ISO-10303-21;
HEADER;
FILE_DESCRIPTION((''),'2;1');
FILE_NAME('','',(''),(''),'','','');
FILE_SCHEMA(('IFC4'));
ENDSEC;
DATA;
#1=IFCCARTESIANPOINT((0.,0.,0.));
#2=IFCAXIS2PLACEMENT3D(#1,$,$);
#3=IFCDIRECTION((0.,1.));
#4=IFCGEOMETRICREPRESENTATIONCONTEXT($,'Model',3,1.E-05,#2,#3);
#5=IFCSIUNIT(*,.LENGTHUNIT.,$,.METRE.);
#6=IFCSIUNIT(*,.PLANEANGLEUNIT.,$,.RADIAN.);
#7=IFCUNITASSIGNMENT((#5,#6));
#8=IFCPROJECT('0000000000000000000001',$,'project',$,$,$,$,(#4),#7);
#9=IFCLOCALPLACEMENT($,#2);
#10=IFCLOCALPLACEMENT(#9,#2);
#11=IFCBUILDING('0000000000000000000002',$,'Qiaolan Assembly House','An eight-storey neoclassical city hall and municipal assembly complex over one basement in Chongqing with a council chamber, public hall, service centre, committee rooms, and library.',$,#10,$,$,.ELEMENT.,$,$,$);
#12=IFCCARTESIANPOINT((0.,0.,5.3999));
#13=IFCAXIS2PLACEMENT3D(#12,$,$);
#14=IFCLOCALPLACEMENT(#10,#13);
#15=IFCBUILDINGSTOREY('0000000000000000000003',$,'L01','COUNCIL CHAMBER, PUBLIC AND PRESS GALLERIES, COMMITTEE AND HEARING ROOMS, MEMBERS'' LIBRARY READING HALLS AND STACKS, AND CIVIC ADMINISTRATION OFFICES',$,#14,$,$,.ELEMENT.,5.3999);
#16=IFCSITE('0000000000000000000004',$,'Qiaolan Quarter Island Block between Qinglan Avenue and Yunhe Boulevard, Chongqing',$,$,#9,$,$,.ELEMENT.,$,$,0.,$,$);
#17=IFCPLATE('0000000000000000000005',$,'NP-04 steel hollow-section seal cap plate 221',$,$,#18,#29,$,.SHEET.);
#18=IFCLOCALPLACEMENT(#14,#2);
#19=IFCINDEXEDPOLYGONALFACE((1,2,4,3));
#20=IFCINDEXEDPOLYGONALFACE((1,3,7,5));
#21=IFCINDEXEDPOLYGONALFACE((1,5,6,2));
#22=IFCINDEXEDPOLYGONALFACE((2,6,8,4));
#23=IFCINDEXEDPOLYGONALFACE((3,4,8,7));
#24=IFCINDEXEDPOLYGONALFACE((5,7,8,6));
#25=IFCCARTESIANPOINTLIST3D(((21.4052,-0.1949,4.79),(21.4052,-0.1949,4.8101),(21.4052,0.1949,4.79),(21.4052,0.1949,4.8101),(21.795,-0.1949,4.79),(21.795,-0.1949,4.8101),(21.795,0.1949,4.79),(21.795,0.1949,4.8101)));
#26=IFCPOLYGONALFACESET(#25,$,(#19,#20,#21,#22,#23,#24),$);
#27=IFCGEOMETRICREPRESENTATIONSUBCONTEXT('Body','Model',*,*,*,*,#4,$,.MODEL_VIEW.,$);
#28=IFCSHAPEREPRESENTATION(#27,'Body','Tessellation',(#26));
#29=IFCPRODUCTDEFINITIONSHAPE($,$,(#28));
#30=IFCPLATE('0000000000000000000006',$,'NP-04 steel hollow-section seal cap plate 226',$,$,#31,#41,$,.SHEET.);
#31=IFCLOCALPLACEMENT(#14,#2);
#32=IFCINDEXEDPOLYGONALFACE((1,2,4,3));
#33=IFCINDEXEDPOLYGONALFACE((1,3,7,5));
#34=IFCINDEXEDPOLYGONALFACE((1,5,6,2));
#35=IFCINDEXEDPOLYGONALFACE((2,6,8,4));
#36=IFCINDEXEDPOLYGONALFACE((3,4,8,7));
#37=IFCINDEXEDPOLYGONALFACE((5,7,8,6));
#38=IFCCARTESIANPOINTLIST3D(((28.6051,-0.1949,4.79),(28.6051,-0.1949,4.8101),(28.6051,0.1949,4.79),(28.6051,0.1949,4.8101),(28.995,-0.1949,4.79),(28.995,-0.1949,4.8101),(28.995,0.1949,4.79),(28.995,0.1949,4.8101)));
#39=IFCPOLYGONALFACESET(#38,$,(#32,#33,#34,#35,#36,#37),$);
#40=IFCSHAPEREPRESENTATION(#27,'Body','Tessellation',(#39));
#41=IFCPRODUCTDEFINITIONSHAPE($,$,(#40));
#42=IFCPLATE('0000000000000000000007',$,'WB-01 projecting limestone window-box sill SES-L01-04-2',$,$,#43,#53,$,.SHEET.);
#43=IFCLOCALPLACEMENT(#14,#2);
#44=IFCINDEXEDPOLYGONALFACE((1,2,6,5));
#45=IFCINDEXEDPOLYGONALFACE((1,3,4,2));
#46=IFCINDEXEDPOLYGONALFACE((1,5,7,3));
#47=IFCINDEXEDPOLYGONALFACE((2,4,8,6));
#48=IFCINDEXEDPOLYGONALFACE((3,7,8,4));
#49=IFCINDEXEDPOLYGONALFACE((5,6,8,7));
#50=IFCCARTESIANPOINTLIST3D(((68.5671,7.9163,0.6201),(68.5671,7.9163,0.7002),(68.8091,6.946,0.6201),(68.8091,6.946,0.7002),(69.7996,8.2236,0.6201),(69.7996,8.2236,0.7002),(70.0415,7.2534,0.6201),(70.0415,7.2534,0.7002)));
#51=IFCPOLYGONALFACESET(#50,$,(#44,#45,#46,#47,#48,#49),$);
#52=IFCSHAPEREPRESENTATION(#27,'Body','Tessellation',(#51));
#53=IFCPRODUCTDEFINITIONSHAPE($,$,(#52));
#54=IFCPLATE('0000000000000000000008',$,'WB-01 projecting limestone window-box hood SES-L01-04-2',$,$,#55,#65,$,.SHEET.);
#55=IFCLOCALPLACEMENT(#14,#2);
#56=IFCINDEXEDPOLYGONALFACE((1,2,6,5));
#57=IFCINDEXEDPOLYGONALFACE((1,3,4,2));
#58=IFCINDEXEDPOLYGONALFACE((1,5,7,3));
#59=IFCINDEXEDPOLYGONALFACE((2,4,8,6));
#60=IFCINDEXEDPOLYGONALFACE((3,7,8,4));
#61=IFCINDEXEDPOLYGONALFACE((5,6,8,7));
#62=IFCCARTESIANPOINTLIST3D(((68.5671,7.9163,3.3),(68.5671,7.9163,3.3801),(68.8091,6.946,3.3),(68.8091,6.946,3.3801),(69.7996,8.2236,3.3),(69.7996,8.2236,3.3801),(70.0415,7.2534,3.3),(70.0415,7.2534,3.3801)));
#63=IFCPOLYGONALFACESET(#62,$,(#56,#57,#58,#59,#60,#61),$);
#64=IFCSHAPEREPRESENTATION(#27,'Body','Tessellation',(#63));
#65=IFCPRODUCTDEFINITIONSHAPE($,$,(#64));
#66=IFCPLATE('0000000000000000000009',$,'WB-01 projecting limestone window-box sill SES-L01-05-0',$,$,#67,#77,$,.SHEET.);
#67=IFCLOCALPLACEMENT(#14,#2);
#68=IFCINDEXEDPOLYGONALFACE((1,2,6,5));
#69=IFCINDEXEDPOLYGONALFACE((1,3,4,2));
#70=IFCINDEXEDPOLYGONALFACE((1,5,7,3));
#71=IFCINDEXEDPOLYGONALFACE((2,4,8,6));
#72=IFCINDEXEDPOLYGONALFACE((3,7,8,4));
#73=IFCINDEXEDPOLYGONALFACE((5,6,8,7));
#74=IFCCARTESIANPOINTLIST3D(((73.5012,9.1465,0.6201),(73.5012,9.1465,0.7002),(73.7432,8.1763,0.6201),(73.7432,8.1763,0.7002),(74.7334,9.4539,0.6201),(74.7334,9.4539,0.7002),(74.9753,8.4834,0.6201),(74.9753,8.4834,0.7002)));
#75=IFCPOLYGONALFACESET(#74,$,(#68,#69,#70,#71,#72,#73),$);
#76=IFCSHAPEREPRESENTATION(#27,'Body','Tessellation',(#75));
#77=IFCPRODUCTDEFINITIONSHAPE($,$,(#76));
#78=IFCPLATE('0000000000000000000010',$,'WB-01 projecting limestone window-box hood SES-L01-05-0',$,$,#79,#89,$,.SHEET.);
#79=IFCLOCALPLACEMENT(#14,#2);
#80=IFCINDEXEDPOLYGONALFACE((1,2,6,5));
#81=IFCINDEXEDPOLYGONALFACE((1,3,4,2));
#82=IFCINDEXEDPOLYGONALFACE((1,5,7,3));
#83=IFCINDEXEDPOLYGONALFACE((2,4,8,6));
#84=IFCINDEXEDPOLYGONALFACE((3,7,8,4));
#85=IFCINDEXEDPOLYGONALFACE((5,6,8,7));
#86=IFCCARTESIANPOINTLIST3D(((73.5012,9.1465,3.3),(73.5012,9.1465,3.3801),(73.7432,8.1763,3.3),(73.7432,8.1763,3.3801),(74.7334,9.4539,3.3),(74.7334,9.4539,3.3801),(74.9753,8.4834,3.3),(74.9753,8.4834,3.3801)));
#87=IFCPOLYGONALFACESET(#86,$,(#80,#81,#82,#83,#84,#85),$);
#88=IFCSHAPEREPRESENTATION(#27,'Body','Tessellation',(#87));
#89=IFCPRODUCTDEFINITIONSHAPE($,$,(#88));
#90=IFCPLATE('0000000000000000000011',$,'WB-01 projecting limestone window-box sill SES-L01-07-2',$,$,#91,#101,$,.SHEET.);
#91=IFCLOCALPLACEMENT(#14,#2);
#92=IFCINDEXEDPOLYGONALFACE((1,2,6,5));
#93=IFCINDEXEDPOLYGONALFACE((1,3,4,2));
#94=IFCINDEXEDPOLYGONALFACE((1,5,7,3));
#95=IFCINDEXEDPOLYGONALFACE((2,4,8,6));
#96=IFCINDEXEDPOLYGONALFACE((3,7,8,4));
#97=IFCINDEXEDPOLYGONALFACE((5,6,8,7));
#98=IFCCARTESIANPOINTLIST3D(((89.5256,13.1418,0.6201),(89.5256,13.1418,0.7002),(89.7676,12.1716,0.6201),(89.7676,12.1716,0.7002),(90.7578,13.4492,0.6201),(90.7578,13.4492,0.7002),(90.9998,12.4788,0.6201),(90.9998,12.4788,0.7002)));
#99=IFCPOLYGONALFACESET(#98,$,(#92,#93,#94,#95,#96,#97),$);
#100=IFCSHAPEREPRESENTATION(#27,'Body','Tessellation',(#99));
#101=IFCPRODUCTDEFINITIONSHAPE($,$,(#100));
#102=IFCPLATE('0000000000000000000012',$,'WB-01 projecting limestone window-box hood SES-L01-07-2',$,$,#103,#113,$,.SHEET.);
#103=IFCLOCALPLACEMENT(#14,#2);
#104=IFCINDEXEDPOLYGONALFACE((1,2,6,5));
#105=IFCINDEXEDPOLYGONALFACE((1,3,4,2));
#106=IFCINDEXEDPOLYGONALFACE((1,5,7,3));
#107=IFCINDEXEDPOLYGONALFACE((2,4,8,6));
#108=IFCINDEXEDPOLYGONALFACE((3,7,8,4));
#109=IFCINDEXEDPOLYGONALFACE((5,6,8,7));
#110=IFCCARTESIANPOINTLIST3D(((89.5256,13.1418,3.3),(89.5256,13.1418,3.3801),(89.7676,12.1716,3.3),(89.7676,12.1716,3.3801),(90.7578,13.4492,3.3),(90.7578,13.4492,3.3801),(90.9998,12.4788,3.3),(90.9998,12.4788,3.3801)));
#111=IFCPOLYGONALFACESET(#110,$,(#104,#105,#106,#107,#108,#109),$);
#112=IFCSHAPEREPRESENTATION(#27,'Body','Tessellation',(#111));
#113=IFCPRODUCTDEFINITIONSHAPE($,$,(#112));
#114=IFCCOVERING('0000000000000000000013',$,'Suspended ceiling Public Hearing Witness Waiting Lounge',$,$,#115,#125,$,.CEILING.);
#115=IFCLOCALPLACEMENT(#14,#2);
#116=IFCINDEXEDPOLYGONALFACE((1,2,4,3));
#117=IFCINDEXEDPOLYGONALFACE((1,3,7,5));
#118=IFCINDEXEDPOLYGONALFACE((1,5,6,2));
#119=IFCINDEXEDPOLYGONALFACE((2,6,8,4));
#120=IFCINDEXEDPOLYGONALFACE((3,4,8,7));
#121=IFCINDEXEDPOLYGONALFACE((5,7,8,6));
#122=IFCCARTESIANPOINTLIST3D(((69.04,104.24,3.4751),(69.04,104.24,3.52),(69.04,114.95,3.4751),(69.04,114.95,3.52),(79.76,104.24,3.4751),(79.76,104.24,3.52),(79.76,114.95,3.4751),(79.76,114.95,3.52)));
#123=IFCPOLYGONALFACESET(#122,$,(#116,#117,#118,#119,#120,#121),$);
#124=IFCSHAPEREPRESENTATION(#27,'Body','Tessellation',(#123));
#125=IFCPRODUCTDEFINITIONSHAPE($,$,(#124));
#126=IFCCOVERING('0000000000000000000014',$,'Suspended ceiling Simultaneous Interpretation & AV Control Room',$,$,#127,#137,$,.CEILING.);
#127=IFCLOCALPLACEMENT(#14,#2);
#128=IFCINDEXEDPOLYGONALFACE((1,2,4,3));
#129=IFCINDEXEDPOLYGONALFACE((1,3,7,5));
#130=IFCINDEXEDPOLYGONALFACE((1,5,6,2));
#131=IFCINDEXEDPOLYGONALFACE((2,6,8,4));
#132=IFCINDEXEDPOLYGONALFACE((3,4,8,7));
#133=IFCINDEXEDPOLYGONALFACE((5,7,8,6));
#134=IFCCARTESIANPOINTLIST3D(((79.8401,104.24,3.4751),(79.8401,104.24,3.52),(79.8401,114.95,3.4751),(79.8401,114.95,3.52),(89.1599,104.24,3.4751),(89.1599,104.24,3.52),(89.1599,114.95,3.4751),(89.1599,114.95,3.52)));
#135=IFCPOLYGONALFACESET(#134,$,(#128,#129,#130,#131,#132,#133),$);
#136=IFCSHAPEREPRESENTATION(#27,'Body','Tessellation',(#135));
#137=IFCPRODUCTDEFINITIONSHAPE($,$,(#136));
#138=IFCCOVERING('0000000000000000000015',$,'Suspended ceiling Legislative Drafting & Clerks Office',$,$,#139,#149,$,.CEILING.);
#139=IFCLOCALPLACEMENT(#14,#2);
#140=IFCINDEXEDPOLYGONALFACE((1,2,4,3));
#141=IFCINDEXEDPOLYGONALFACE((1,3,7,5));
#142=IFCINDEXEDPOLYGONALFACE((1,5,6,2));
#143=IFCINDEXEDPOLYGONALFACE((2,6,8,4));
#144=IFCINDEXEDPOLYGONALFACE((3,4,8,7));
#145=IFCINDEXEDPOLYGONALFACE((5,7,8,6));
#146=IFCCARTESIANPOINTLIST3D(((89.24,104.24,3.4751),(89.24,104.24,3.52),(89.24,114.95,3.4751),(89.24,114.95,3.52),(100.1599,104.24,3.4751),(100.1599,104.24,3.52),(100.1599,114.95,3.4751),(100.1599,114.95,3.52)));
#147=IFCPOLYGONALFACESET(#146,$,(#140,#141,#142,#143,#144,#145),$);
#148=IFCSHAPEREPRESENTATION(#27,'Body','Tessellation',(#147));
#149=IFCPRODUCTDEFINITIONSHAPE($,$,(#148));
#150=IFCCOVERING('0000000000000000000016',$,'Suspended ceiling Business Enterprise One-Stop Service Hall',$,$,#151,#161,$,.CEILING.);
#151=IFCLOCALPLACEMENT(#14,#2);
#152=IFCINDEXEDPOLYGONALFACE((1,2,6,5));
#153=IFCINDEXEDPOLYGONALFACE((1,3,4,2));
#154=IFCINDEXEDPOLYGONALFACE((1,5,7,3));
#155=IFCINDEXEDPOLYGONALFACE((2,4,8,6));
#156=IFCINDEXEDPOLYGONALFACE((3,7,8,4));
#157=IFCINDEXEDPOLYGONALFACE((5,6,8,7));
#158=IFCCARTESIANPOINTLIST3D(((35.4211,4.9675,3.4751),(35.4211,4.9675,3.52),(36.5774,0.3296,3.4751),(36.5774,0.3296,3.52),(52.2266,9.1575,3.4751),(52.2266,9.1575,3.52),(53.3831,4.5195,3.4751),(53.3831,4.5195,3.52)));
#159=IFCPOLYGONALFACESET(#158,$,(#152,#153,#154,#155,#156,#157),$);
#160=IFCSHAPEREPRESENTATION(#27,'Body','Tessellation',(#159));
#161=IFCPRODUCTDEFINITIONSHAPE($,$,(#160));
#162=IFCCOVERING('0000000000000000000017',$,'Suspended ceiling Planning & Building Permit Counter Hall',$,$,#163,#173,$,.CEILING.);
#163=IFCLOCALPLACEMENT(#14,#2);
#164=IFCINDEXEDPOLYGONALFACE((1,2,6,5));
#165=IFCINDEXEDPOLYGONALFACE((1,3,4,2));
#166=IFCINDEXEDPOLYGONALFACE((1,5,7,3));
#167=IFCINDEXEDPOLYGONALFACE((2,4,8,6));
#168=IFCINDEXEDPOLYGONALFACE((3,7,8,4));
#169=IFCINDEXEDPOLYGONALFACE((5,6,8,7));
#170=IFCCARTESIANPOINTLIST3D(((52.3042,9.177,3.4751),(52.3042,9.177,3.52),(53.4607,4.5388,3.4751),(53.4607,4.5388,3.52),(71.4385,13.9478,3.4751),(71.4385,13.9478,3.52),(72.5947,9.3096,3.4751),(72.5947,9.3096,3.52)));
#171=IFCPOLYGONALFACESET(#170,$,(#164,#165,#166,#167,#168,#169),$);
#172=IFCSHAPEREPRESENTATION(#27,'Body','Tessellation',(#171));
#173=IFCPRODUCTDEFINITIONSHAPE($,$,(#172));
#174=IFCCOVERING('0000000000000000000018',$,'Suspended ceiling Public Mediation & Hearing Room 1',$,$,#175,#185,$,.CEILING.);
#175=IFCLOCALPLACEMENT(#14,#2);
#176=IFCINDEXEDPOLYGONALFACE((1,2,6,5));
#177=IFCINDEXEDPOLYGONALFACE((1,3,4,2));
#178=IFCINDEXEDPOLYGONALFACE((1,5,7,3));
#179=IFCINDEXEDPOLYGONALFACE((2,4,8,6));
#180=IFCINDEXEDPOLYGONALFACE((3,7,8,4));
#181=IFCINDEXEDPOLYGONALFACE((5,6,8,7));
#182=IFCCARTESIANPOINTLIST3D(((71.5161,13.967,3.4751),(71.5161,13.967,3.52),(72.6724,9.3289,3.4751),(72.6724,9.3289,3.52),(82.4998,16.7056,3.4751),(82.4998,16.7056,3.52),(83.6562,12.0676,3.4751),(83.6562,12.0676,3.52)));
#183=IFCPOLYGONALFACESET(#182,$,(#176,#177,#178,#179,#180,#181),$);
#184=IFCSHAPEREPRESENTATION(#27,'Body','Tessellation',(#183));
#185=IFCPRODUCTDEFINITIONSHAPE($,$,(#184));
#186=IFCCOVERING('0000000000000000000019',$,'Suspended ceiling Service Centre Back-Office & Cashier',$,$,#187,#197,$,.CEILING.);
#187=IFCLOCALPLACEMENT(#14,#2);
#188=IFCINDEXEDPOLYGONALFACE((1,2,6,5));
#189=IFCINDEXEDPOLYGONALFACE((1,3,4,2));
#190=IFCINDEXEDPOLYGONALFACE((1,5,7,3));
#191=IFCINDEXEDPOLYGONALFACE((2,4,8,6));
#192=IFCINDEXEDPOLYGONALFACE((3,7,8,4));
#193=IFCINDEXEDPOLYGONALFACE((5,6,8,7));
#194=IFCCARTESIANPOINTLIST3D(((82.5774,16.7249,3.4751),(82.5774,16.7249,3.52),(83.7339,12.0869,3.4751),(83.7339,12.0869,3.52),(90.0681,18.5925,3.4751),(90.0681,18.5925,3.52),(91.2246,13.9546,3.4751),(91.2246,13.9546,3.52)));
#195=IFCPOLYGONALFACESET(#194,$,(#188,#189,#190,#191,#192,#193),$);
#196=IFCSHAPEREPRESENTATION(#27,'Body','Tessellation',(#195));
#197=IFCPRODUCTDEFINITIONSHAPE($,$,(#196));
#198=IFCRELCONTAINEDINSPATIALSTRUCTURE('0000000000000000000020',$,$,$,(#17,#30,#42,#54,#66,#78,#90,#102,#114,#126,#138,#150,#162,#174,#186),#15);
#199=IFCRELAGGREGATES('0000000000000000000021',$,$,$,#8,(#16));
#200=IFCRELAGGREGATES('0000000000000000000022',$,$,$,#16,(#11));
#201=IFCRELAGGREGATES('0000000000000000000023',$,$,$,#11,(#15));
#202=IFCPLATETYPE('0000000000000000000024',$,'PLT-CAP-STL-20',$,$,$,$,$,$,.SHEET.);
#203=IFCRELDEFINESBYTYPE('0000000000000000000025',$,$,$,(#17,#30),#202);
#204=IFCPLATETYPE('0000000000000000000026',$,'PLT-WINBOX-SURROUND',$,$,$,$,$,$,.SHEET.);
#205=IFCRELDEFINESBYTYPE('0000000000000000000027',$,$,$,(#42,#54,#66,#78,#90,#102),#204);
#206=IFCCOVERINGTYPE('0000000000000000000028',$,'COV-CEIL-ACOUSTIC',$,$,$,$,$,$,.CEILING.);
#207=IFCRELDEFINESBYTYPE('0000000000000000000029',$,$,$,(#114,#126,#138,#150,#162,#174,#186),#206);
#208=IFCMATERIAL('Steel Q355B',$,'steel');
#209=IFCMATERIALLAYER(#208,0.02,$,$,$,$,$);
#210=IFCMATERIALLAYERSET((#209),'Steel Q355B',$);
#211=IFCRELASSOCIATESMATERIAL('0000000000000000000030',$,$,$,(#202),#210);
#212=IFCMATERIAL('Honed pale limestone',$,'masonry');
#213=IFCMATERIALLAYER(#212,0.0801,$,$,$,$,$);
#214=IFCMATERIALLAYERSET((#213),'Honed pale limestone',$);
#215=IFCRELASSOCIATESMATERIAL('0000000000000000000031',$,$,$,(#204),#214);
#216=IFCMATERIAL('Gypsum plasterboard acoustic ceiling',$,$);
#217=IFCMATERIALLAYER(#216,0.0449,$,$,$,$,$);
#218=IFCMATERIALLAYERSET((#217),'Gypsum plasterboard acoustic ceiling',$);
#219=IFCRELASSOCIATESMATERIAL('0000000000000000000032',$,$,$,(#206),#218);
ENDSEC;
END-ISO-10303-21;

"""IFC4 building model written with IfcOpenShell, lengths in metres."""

from ifc_helpers import new_model, si_unit, direction, frame, origin, origin_2d, place, context, subcontext, project, spatial, polyline, rectangle, outline, extrude, material, layer, layer_set, type_object, element, save


model = new_model("IFC4")

# Units and contexts
model_context = context("Model", 3, precision=1e-05, world=origin(), true_north=direction((0.0, 1.0)))
body_context = subcontext(model_context, "Body", "Model", "MODEL_VIEW")
ifc_project = project(units=[si_unit("LENGTHUNIT", "METRE"), si_unit("PLANEANGLEUNIT", "RADIAN")], contexts=[model_context])

# Site, building, storey
site_placement = place(None, origin())
site = spatial("IfcSite", under=ifc_project, at=site_placement, Name="Qiaolan Quarter Island Block between Qinglan Avenue and Yunhe Boulevard, Chongqing", CompositionType="ELEMENT", RefElevation=0.0)
building_placement = place(site_placement, origin())
building = spatial("IfcBuilding", under=site, at=building_placement, Name="Qiaolan Assembly House", Description="An eight-storey neoclassical city hall and municipal assembly complex over one basement in Chongqing with a council chamber, public hall, service centre, committee rooms, and library.", CompositionType="ELEMENT")
storey_placement = place(building_placement, frame((0.0, 0.0, 5.3999)))
storey = spatial("IfcBuildingStorey", under=building, at=storey_placement, Name="L01", Description="COUNCIL CHAMBER, PUBLIC AND PRESS GALLERIES, COMMITTEE AND HEARING ROOMS, MEMBERS' LIBRARY READING HALLS AND STACKS, AND CIVIC ADMINISTRATION OFFICES", CompositionType="ELEMENT", Elevation=5.3999)

# Shared definitions
ifc_material_1 = material(Name="Steel Q355B", Category="steel")

# Plates
ifc_layer_1 = layer(ifc_material_1, 0.02)
ifc_layer_set_1 = layer_set([ifc_layer_1], Name="Steel Q355B")
plate_type_1 = type_object("IfcPlateType", Name="PLT-CAP-STL-20", PredefinedType="SHEET", material=ifc_layer_set_1)
for number, where, z_axis, x_axis, name in (
    (1, (21.6001, 0.0, 4.79), (0.0, 0.0, 1.0), (1.0, 0.0, 0.0), "NP-04 steel hollow-section seal cap plate 221"),
    (2, (28.8, 0.0, 4.79), (0.0, 0.0, 1.0), (1.0, 0.0, 0.0), "NP-04 steel hollow-section seal cap plate 226"),
):
    element("IfcPlate", number, at=place(storey_placement, frame(where, z_axis=z_axis, x_axis=x_axis)), inside=storey, type_object=plate_type_1, Name=name, PredefinedType="SHEET", context=body_context, shape_type="SweptSolid", body=[
        extrude(rectangle(XDim=0.3899, YDim=0.3899, at=origin_2d()), origin(), (0.0, 0.0, 1.0), 0.02),
    ])
ifc_material_2 = material(Name="Honed pale limestone", Category="masonry")
ifc_layer_2 = layer(ifc_material_2, 0.0801)
ifc_layer_set_2 = layer_set([ifc_layer_2], Name="Honed pale limestone")
plate_type_2 = type_object("IfcPlateType", Name="PLT-WINBOX-SURROUND", PredefinedType="SHEET", material=ifc_layer_set_2)
for number, where, name in (
    (3, (0.0, 0.0, 0.6201), "WB-01 projecting limestone window-box sill SES-L01-04-2"),
    (4, (0.0, 0.0, 3.3), "WB-01 projecting limestone window-box hood SES-L01-04-2"),
):
    element("IfcPlate", number, at=place(storey_placement, frame(where)), inside=storey, type_object=plate_type_2, Name=name, PredefinedType="SHEET", context=body_context, shape_type="SweptSolid", body=[
        extrude(outline(polyline([(68.8091, 6.946), (70.0415, 7.2534), (69.7996, 8.2236), (68.5671, 7.9163), (68.8091, 6.946)])), origin(), (0.0, 0.0, 1.0), 0.0801),
    ])
for number, where, name in (
    (5, (0.0, 0.0, 0.6201), "WB-01 projecting limestone window-box sill SES-L01-05-0"),
    (6, (0.0, 0.0, 3.3), "WB-01 projecting limestone window-box hood SES-L01-05-0"),
):
    element("IfcPlate", number, at=place(storey_placement, frame(where)), inside=storey, type_object=plate_type_2, Name=name, PredefinedType="SHEET", context=body_context, shape_type="SweptSolid", body=[
        extrude(outline(polyline([(73.7432, 8.1763), (74.9753, 8.4834), (74.7334, 9.4539), (73.5012, 9.1465), (73.7432, 8.1763)])), origin(), (0.0, 0.0, 1.0), 0.0801),
    ])
for number, where, name in (
    (7, (0.0, 0.0, 0.6201), "WB-01 projecting limestone window-box sill SES-L01-07-2"),
    (8, (0.0, 0.0, 3.3), "WB-01 projecting limestone window-box hood SES-L01-07-2"),
):
    element("IfcPlate", number, at=place(storey_placement, frame(where)), inside=storey, type_object=plate_type_2, Name=name, PredefinedType="SHEET", context=body_context, shape_type="SweptSolid", body=[
        extrude(outline(polyline([(89.7676, 12.1716), (90.9998, 12.4788), (90.7578, 13.4492), (89.5256, 13.1418), (89.7676, 12.1716)])), origin(), (0.0, 0.0, 1.0), 0.0801),
    ])

# Coverings
ifc_material_3 = material(Name="Gypsum plasterboard acoustic ceiling")
ifc_layer_3 = layer(ifc_material_3, 0.0449)
ifc_layer_set_3 = layer_set([ifc_layer_3], Name="Gypsum plasterboard acoustic ceiling")
covering_type_1 = type_object("IfcCoveringType", Name="COV-CEIL-ACOUSTIC", PredefinedType="CEILING", material=ifc_layer_set_3)
covering_1_placement = place(storey_placement, frame((0.0, 0.0, 3.4751)))
element("IfcCovering", 9, at=covering_1_placement, inside=storey, type_object=covering_type_1, Name="Suspended ceiling Public Hearing Witness Waiting Lounge", PredefinedType="CEILING", context=body_context, shape_type="SweptSolid", body=[
    extrude(outline(polyline([(69.04, 104.24), (79.76, 104.24), (79.76, 114.95), (69.04, 114.95), (69.04, 104.24)])), origin(), (0.0, 0.0, 1.0), 0.0449),
])
covering_2_placement = place(storey_placement, frame((0.0, 0.0, 3.4751)))
element("IfcCovering", 10, at=covering_2_placement, inside=storey, type_object=covering_type_1, Name="Suspended ceiling Simultaneous Interpretation & AV Control Room", PredefinedType="CEILING", context=body_context, shape_type="SweptSolid", body=[
    extrude(outline(polyline([(79.8401, 104.24), (89.1599, 104.24), (89.1599, 114.95), (79.8401, 114.95), (79.8401, 104.24)])), origin(), (0.0, 0.0, 1.0), 0.0449),
])
covering_3_placement = place(storey_placement, frame((0.0, 0.0, 3.4751)))
element("IfcCovering", 11, at=covering_3_placement, inside=storey, type_object=covering_type_1, Name="Suspended ceiling Legislative Drafting & Clerks Office", PredefinedType="CEILING", context=body_context, shape_type="SweptSolid", body=[
    extrude(outline(polyline([(89.24, 104.24), (100.1599, 104.24), (100.1599, 114.95), (89.24, 114.95), (89.24, 104.24)])), origin(), (0.0, 0.0, 1.0), 0.0449),
])
covering_4_placement = place(storey_placement, frame((0.0, 0.0, 3.4751)))
element("IfcCovering", 12, at=covering_4_placement, inside=storey, type_object=covering_type_1, Name="Suspended ceiling Business Enterprise One-Stop Service Hall", PredefinedType="CEILING", context=body_context, shape_type="SweptSolid", body=[
    extrude(outline(polyline([(36.5774, 0.3296), (53.3831, 4.5195), (52.2266, 9.1575), (35.4211, 4.9675), (36.5774, 0.3296)])), origin(), (0.0, 0.0, 1.0), 0.0449),
])
covering_5_placement = place(storey_placement, frame((0.0, 0.0, 3.4751)))
element("IfcCovering", 13, at=covering_5_placement, inside=storey, type_object=covering_type_1, Name="Suspended ceiling Planning & Building Permit Counter Hall", PredefinedType="CEILING", context=body_context, shape_type="SweptSolid", body=[
    extrude(outline(polyline([(53.4607, 4.5388), (72.5947, 9.3096), (71.4385, 13.9478), (52.3042, 9.177), (53.4607, 4.5388)])), origin(), (0.0, 0.0, 1.0), 0.0449),
])
covering_6_placement = place(storey_placement, frame((0.0, 0.0, 3.4751)))
element("IfcCovering", 14, at=covering_6_placement, inside=storey, type_object=covering_type_1, Name="Suspended ceiling Public Mediation & Hearing Room 1", PredefinedType="CEILING", context=body_context, shape_type="SweptSolid", body=[
    extrude(outline(polyline([(72.6724, 9.3289), (83.6562, 12.0676), (82.4998, 16.7056), (71.5161, 13.967), (72.6724, 9.3289)])), origin(), (0.0, 0.0, 1.0), 0.0449),
])
covering_7_placement = place(storey_placement, frame((0.0, 0.0, 3.4751)))
element("IfcCovering", 15, at=covering_7_placement, inside=storey, type_object=covering_type_1, Name="Suspended ceiling Service Centre Back-Office & Cashier", PredefinedType="CEILING", context=body_context, shape_type="SweptSolid", body=[
    extrude(outline(polyline([(83.7339, 12.0869), (91.2246, 13.9546), (90.0681, 18.5925), (82.5774, 16.7249), (83.7339, 12.0869)])), origin(), (0.0, 0.0, 1.0), 0.0449),
])

save(model, "model.ifc")
